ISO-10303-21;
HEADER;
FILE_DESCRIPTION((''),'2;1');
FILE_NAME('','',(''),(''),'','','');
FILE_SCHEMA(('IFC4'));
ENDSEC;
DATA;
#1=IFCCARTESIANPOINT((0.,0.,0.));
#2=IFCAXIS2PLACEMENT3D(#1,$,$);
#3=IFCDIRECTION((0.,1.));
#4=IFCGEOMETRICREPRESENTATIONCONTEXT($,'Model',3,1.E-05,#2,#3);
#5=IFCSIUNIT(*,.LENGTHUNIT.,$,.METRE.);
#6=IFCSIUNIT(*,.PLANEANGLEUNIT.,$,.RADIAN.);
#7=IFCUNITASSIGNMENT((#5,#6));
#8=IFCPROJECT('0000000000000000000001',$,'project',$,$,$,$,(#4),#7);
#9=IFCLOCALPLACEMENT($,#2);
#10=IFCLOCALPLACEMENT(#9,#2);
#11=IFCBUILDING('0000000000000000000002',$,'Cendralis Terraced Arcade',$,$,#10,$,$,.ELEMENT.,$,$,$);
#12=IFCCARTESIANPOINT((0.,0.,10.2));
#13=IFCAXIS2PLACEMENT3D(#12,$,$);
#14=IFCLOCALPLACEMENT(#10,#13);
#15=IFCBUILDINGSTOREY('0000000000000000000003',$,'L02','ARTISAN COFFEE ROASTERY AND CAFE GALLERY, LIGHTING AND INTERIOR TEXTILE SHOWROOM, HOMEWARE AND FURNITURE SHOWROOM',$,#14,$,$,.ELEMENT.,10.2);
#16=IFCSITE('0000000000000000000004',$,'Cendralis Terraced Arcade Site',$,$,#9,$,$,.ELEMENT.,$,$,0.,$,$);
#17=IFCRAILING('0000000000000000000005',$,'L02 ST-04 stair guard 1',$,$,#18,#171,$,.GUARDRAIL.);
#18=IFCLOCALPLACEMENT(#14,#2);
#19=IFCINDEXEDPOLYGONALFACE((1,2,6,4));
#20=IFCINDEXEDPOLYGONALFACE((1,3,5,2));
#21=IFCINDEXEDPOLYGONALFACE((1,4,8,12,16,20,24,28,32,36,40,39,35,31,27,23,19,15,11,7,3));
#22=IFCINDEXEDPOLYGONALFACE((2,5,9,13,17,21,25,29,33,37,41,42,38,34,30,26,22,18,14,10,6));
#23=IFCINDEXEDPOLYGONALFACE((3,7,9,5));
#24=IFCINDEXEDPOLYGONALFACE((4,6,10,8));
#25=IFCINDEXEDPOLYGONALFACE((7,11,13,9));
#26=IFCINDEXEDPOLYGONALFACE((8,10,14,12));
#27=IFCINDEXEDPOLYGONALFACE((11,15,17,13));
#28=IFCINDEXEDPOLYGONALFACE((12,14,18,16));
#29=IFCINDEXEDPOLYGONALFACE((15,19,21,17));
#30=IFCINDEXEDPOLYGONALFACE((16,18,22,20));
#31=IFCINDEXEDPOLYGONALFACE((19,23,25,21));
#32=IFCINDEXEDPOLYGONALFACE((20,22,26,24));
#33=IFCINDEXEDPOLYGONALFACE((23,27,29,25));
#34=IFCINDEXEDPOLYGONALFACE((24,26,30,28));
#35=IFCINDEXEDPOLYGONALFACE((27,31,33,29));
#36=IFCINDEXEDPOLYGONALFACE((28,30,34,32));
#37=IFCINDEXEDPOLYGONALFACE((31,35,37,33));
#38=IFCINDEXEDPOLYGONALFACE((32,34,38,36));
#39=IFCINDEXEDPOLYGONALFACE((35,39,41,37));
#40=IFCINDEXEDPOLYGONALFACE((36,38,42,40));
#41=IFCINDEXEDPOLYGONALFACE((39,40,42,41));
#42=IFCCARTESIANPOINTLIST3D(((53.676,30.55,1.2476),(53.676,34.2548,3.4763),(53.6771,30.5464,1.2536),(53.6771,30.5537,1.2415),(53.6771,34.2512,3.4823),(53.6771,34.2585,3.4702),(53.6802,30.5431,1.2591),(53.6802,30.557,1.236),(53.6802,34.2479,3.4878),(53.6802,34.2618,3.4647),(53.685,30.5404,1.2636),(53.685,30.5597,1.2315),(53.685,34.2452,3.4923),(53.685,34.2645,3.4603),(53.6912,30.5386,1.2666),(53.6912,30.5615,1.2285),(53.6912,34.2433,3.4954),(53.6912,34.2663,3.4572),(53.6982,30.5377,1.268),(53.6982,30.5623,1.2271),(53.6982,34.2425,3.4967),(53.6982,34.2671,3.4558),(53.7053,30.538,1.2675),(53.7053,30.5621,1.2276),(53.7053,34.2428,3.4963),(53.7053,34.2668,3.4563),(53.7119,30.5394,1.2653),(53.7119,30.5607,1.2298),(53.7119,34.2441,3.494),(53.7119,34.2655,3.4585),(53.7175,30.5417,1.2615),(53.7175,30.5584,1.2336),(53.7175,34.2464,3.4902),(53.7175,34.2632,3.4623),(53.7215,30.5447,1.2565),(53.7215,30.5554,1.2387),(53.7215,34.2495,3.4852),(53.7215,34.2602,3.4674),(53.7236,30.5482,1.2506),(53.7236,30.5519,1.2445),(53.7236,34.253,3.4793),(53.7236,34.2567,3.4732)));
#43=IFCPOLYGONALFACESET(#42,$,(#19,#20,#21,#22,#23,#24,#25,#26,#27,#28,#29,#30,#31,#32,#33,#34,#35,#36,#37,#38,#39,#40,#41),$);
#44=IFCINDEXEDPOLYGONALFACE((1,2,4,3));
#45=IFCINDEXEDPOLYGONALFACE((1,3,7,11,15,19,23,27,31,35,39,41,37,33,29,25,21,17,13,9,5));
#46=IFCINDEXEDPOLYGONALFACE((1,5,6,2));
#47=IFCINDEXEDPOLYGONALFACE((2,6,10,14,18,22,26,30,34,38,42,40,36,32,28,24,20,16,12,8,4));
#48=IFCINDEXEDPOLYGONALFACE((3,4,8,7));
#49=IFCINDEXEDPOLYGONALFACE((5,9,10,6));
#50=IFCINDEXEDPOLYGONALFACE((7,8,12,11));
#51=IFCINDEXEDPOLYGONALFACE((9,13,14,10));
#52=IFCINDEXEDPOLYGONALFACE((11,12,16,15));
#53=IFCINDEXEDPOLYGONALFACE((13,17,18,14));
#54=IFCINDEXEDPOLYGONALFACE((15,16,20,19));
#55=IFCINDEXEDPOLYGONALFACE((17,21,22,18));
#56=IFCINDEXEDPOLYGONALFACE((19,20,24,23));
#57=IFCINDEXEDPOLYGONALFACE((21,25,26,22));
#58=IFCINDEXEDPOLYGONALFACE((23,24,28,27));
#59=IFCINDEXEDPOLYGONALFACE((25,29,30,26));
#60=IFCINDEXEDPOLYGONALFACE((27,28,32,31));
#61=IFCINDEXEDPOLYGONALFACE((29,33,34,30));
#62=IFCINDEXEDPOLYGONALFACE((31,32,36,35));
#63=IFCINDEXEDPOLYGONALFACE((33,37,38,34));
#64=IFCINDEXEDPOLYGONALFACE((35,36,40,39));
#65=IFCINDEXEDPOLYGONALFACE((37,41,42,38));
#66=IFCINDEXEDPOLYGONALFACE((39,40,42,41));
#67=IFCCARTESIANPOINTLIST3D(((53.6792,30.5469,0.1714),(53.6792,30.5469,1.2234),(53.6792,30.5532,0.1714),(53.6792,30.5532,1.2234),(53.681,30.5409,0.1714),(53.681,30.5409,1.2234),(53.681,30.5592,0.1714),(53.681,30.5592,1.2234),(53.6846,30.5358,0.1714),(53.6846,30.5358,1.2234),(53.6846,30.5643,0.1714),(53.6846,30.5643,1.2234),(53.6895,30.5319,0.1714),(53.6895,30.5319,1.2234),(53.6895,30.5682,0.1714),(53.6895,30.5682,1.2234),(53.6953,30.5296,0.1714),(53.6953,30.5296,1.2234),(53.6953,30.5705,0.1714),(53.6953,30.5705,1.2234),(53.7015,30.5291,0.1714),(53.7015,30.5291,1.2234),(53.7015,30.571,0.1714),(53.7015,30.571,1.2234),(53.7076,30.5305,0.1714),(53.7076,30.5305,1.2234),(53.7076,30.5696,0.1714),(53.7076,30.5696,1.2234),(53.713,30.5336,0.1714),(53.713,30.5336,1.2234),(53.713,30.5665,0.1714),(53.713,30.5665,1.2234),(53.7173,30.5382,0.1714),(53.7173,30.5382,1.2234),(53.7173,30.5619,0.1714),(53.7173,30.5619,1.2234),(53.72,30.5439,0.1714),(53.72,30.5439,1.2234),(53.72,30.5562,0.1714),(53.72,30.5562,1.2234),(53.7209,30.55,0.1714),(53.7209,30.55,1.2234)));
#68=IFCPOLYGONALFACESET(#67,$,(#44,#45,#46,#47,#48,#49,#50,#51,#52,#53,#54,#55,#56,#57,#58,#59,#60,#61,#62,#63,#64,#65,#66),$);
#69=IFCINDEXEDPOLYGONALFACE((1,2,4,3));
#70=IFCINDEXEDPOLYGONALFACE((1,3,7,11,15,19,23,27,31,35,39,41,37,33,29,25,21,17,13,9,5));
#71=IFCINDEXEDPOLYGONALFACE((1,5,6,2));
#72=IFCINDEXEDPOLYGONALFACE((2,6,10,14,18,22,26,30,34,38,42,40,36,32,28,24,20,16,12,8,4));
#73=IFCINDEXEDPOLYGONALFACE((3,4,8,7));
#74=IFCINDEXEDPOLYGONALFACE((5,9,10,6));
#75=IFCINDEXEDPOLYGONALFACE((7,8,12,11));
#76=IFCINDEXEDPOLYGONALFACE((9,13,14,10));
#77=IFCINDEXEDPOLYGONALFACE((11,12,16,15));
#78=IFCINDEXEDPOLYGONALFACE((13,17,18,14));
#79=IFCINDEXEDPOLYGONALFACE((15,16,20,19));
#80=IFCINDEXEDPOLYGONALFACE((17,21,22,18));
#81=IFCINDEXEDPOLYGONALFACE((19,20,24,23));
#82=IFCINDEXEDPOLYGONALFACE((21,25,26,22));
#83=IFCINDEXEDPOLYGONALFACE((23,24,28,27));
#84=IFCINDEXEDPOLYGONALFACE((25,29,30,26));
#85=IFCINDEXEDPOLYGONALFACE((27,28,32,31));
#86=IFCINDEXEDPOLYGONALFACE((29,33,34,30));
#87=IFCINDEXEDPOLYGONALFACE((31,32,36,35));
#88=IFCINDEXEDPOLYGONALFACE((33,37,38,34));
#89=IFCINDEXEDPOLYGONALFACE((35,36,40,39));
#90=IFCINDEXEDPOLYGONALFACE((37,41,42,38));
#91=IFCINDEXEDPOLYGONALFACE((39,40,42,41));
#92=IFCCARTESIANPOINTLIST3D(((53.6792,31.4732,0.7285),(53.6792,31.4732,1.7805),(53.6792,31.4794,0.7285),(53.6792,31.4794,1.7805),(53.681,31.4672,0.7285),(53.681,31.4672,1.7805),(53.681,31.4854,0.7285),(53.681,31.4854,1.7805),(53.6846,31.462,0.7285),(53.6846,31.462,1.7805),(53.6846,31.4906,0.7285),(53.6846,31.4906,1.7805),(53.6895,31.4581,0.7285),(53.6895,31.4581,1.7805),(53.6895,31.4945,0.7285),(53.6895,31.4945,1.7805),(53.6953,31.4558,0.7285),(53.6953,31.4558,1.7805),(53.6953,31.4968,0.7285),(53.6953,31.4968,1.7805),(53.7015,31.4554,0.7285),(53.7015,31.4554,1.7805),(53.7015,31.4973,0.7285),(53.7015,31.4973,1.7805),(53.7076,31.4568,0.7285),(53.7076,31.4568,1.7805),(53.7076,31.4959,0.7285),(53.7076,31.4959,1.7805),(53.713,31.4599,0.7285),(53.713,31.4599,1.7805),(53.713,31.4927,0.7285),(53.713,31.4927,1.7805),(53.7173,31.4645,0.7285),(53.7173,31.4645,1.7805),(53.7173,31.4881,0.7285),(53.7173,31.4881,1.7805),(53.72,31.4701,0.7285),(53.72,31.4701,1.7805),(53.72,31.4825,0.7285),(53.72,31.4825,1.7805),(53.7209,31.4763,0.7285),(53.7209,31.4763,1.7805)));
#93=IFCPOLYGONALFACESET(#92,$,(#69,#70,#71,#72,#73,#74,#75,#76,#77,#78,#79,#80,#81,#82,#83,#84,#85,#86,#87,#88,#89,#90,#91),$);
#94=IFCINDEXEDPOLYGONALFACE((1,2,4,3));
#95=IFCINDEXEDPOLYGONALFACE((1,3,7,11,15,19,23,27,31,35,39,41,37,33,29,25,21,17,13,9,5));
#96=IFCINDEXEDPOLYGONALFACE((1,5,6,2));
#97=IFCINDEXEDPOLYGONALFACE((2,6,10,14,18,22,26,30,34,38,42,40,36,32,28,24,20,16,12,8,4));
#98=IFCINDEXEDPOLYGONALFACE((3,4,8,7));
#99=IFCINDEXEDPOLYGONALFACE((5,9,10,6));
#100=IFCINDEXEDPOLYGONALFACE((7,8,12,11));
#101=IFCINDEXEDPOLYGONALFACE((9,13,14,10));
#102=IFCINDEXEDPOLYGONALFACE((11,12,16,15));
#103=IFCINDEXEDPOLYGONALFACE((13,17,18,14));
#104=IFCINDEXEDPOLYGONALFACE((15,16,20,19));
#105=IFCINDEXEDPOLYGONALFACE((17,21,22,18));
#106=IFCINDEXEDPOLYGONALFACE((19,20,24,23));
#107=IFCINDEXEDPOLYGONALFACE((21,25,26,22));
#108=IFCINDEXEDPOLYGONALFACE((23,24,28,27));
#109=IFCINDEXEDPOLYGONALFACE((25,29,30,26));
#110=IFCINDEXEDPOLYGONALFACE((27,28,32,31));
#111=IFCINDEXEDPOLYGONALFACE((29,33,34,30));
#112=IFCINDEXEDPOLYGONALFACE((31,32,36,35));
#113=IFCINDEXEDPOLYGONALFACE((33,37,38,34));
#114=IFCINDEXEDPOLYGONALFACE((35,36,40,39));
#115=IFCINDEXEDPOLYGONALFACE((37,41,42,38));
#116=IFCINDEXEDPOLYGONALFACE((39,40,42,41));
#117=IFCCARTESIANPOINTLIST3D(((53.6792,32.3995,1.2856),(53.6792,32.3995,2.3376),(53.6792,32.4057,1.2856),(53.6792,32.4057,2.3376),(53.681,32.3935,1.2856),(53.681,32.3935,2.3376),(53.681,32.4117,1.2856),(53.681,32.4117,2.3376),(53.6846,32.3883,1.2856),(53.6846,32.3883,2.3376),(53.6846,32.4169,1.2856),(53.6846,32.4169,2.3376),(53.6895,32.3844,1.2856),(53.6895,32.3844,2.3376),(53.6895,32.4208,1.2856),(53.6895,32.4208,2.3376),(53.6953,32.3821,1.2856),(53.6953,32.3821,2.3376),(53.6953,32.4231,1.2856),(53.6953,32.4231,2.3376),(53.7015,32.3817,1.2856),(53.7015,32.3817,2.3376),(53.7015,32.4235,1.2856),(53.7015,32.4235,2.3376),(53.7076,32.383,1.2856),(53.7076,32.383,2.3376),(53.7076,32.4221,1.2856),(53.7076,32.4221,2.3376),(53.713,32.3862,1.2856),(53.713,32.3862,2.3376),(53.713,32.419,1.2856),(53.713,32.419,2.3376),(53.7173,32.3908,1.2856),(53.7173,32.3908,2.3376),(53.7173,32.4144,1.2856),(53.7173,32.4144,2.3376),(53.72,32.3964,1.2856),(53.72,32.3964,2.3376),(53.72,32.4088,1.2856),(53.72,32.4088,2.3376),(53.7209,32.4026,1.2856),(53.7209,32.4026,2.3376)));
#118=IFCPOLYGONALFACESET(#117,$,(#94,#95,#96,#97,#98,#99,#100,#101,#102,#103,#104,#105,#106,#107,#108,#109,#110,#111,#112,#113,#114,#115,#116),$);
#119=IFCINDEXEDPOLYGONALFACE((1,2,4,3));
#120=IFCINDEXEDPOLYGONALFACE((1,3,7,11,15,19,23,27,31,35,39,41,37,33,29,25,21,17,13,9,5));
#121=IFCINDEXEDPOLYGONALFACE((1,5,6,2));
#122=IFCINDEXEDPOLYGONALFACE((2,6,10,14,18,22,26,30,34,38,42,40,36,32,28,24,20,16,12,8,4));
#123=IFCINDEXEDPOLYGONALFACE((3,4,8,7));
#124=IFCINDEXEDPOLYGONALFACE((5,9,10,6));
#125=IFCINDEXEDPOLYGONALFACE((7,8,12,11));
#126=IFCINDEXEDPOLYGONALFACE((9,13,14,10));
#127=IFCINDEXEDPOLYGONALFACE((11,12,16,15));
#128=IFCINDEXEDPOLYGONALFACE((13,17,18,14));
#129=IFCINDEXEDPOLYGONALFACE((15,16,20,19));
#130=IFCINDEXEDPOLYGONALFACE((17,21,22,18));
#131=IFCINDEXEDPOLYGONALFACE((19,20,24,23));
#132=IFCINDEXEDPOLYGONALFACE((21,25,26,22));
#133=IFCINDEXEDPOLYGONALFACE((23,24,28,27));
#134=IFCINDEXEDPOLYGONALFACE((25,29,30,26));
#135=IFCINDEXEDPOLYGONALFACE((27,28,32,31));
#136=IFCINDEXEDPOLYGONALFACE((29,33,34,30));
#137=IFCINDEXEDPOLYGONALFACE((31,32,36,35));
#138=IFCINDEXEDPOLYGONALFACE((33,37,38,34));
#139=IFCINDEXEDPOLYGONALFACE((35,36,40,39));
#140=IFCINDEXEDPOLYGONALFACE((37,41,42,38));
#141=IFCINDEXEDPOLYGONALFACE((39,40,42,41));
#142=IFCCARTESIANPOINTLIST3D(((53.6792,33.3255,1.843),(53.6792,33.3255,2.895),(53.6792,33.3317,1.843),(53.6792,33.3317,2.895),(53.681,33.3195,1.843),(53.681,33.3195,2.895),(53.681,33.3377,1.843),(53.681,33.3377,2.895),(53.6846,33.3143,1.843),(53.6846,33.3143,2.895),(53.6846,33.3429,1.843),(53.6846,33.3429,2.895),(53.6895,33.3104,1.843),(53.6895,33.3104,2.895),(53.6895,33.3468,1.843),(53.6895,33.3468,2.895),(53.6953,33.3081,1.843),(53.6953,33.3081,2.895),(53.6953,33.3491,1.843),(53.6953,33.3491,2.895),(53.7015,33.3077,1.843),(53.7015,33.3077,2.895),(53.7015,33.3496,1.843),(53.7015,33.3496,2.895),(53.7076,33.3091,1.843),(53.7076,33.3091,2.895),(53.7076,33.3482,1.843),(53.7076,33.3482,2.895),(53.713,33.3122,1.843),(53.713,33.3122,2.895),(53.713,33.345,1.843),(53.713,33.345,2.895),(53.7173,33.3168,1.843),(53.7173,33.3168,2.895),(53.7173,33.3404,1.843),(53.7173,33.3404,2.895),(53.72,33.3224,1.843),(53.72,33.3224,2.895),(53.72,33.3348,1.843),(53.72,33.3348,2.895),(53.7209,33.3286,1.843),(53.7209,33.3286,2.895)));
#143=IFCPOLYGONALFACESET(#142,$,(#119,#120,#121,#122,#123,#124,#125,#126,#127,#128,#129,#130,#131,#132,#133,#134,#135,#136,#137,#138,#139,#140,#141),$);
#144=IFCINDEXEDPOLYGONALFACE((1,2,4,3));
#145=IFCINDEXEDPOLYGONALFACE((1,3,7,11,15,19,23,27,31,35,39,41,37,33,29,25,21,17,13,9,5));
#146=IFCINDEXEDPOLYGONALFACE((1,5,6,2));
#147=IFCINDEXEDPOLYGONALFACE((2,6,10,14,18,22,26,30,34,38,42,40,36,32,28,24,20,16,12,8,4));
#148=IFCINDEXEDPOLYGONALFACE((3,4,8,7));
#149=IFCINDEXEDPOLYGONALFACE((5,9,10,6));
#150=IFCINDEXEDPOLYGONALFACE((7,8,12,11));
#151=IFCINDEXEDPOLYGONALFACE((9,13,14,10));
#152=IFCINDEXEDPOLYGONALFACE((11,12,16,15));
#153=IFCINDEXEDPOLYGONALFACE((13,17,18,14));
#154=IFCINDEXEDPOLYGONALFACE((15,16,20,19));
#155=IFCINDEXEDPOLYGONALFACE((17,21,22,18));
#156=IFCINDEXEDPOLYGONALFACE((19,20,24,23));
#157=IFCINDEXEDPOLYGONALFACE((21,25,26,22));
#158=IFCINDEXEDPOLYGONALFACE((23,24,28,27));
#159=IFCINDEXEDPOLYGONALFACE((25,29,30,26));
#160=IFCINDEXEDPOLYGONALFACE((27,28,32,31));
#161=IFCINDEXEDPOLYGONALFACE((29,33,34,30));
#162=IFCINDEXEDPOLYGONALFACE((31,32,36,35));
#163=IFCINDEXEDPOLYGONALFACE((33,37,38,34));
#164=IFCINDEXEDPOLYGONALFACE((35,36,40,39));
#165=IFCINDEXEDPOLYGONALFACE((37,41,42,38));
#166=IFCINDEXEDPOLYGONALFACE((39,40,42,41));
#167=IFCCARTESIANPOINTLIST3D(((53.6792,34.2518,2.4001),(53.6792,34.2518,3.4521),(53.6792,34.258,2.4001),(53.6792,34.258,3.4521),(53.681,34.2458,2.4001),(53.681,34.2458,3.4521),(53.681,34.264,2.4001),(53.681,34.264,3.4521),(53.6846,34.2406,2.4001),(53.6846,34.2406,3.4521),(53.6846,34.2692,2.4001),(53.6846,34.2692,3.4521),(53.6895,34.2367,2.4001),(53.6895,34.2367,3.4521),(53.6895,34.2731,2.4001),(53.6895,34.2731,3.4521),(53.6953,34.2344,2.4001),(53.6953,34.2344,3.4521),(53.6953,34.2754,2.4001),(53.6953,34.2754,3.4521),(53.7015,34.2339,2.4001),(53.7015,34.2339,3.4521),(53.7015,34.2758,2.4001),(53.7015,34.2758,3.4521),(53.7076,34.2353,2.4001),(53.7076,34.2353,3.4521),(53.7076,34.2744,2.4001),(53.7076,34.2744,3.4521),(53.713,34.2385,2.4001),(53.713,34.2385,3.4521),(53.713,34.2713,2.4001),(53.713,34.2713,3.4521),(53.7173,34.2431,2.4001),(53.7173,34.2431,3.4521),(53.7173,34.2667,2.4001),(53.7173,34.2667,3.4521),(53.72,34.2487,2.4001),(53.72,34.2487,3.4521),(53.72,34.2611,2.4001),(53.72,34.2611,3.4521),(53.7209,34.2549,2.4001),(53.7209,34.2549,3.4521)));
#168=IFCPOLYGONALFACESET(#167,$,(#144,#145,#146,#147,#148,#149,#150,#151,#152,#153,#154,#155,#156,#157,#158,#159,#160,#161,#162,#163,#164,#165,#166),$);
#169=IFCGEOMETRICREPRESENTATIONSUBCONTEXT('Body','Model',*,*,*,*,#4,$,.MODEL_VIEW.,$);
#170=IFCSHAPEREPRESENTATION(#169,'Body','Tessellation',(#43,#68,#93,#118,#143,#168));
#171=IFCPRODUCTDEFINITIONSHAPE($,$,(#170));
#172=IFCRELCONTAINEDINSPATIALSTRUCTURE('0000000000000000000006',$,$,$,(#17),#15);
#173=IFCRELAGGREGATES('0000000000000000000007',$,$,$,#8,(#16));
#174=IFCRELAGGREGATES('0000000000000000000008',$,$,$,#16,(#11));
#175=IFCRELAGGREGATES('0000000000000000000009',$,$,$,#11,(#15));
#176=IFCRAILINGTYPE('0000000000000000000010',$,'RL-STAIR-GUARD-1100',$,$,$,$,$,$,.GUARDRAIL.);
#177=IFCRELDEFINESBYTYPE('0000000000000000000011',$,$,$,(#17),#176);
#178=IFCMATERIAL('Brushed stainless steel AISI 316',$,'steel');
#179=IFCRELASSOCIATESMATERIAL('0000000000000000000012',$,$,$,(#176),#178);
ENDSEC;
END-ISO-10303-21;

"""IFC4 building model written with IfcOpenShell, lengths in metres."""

from ifc_helpers import new_model, si_unit, direction, frame, origin, origin_2d, place, context, subcontext, project, spatial, circle, extrude, material, type_object, element, save


model = new_model("IFC4")

# Units and contexts
model_context = context("Model", 3, precision=1e-05, world=origin(), true_north=direction((0.0, 1.0)))
body_context = subcontext(model_context, "Body", "Model", "MODEL_VIEW")
ifc_project = project(units=[si_unit("LENGTHUNIT", "METRE"), si_unit("PLANEANGLEUNIT", "RADIAN")], contexts=[model_context])

# Site, building, storey
site_placement = place(None, origin())
site = spatial("IfcSite", under=ifc_project, at=site_placement, Name="Cendralis Terraced Arcade Site", CompositionType="ELEMENT", RefElevation=0.0)
building_placement = place(site_placement, origin())
building = spatial("IfcBuilding", under=site, at=building_placement, Name="Cendralis Terraced Arcade", CompositionType="ELEMENT")
storey_placement = place(building_placement, frame((0.0, 0.0, 10.2)))
storey = spatial("IfcBuildingStorey", under=building, at=storey_placement, Name="L02", Description="ARTISAN COFFEE ROASTERY AND CAFE GALLERY, LIGHTING AND INTERIOR TEXTILE SHOWROOM, HOMEWARE AND FURNITURE SHOWROOM", CompositionType="ELEMENT", Elevation=10.2)

# Railing
ifc_material_1 = material(Name="Brushed stainless steel AISI 316", Category="steel")
railing_type_1 = type_object("IfcRailingType", Name="RL-STAIR-GUARD-1100", PredefinedType="GUARDRAIL", material=ifc_material_1)
railing_1_placement = place(storey_placement, frame((53.7, 30.55, 0.1714)))
element("IfcRailing", 1, at=railing_1_placement, inside=storey, type_object=railing_type_1, Name="L02 ST-04 stair guard 1", PredefinedType="GUARDRAIL", context=body_context, shape_type="SweptSolid", body=[
    extrude(circle(Radius=0.0239, at=origin_2d()), frame((0.0, 0.0, 1.0762), z_axis=(0.0, 0.856894, 0.515492), x_axis=(-1.0, 0.0, 0.0)), (0.0, 0.0, 1.0), 4.3235),
    extrude(circle(Radius=0.021, at=origin_2d()), origin(), (0.0, 0.0, 1.0), 1.052),
    extrude(circle(Radius=0.021, at=origin_2d()), frame((0.0, 0.9263, 0.5571)), (0.0, 0.0, 1.0), 1.052),
    extrude(circle(Radius=0.021, at=origin_2d()), frame((0.0, 1.8525, 1.1143)), (0.0, 0.0, 1.0), 1.052),
    extrude(circle(Radius=0.021, at=origin_2d()), frame((0.0, 2.7786, 1.6716)), (0.0, 0.0, 1.0), 1.052),
    extrude(circle(Radius=0.021, at=origin_2d()), frame((0.0, 3.7048, 2.2288)), (0.0, 0.0, 1.0), 1.052),
])

save(model, "model.ifc")
